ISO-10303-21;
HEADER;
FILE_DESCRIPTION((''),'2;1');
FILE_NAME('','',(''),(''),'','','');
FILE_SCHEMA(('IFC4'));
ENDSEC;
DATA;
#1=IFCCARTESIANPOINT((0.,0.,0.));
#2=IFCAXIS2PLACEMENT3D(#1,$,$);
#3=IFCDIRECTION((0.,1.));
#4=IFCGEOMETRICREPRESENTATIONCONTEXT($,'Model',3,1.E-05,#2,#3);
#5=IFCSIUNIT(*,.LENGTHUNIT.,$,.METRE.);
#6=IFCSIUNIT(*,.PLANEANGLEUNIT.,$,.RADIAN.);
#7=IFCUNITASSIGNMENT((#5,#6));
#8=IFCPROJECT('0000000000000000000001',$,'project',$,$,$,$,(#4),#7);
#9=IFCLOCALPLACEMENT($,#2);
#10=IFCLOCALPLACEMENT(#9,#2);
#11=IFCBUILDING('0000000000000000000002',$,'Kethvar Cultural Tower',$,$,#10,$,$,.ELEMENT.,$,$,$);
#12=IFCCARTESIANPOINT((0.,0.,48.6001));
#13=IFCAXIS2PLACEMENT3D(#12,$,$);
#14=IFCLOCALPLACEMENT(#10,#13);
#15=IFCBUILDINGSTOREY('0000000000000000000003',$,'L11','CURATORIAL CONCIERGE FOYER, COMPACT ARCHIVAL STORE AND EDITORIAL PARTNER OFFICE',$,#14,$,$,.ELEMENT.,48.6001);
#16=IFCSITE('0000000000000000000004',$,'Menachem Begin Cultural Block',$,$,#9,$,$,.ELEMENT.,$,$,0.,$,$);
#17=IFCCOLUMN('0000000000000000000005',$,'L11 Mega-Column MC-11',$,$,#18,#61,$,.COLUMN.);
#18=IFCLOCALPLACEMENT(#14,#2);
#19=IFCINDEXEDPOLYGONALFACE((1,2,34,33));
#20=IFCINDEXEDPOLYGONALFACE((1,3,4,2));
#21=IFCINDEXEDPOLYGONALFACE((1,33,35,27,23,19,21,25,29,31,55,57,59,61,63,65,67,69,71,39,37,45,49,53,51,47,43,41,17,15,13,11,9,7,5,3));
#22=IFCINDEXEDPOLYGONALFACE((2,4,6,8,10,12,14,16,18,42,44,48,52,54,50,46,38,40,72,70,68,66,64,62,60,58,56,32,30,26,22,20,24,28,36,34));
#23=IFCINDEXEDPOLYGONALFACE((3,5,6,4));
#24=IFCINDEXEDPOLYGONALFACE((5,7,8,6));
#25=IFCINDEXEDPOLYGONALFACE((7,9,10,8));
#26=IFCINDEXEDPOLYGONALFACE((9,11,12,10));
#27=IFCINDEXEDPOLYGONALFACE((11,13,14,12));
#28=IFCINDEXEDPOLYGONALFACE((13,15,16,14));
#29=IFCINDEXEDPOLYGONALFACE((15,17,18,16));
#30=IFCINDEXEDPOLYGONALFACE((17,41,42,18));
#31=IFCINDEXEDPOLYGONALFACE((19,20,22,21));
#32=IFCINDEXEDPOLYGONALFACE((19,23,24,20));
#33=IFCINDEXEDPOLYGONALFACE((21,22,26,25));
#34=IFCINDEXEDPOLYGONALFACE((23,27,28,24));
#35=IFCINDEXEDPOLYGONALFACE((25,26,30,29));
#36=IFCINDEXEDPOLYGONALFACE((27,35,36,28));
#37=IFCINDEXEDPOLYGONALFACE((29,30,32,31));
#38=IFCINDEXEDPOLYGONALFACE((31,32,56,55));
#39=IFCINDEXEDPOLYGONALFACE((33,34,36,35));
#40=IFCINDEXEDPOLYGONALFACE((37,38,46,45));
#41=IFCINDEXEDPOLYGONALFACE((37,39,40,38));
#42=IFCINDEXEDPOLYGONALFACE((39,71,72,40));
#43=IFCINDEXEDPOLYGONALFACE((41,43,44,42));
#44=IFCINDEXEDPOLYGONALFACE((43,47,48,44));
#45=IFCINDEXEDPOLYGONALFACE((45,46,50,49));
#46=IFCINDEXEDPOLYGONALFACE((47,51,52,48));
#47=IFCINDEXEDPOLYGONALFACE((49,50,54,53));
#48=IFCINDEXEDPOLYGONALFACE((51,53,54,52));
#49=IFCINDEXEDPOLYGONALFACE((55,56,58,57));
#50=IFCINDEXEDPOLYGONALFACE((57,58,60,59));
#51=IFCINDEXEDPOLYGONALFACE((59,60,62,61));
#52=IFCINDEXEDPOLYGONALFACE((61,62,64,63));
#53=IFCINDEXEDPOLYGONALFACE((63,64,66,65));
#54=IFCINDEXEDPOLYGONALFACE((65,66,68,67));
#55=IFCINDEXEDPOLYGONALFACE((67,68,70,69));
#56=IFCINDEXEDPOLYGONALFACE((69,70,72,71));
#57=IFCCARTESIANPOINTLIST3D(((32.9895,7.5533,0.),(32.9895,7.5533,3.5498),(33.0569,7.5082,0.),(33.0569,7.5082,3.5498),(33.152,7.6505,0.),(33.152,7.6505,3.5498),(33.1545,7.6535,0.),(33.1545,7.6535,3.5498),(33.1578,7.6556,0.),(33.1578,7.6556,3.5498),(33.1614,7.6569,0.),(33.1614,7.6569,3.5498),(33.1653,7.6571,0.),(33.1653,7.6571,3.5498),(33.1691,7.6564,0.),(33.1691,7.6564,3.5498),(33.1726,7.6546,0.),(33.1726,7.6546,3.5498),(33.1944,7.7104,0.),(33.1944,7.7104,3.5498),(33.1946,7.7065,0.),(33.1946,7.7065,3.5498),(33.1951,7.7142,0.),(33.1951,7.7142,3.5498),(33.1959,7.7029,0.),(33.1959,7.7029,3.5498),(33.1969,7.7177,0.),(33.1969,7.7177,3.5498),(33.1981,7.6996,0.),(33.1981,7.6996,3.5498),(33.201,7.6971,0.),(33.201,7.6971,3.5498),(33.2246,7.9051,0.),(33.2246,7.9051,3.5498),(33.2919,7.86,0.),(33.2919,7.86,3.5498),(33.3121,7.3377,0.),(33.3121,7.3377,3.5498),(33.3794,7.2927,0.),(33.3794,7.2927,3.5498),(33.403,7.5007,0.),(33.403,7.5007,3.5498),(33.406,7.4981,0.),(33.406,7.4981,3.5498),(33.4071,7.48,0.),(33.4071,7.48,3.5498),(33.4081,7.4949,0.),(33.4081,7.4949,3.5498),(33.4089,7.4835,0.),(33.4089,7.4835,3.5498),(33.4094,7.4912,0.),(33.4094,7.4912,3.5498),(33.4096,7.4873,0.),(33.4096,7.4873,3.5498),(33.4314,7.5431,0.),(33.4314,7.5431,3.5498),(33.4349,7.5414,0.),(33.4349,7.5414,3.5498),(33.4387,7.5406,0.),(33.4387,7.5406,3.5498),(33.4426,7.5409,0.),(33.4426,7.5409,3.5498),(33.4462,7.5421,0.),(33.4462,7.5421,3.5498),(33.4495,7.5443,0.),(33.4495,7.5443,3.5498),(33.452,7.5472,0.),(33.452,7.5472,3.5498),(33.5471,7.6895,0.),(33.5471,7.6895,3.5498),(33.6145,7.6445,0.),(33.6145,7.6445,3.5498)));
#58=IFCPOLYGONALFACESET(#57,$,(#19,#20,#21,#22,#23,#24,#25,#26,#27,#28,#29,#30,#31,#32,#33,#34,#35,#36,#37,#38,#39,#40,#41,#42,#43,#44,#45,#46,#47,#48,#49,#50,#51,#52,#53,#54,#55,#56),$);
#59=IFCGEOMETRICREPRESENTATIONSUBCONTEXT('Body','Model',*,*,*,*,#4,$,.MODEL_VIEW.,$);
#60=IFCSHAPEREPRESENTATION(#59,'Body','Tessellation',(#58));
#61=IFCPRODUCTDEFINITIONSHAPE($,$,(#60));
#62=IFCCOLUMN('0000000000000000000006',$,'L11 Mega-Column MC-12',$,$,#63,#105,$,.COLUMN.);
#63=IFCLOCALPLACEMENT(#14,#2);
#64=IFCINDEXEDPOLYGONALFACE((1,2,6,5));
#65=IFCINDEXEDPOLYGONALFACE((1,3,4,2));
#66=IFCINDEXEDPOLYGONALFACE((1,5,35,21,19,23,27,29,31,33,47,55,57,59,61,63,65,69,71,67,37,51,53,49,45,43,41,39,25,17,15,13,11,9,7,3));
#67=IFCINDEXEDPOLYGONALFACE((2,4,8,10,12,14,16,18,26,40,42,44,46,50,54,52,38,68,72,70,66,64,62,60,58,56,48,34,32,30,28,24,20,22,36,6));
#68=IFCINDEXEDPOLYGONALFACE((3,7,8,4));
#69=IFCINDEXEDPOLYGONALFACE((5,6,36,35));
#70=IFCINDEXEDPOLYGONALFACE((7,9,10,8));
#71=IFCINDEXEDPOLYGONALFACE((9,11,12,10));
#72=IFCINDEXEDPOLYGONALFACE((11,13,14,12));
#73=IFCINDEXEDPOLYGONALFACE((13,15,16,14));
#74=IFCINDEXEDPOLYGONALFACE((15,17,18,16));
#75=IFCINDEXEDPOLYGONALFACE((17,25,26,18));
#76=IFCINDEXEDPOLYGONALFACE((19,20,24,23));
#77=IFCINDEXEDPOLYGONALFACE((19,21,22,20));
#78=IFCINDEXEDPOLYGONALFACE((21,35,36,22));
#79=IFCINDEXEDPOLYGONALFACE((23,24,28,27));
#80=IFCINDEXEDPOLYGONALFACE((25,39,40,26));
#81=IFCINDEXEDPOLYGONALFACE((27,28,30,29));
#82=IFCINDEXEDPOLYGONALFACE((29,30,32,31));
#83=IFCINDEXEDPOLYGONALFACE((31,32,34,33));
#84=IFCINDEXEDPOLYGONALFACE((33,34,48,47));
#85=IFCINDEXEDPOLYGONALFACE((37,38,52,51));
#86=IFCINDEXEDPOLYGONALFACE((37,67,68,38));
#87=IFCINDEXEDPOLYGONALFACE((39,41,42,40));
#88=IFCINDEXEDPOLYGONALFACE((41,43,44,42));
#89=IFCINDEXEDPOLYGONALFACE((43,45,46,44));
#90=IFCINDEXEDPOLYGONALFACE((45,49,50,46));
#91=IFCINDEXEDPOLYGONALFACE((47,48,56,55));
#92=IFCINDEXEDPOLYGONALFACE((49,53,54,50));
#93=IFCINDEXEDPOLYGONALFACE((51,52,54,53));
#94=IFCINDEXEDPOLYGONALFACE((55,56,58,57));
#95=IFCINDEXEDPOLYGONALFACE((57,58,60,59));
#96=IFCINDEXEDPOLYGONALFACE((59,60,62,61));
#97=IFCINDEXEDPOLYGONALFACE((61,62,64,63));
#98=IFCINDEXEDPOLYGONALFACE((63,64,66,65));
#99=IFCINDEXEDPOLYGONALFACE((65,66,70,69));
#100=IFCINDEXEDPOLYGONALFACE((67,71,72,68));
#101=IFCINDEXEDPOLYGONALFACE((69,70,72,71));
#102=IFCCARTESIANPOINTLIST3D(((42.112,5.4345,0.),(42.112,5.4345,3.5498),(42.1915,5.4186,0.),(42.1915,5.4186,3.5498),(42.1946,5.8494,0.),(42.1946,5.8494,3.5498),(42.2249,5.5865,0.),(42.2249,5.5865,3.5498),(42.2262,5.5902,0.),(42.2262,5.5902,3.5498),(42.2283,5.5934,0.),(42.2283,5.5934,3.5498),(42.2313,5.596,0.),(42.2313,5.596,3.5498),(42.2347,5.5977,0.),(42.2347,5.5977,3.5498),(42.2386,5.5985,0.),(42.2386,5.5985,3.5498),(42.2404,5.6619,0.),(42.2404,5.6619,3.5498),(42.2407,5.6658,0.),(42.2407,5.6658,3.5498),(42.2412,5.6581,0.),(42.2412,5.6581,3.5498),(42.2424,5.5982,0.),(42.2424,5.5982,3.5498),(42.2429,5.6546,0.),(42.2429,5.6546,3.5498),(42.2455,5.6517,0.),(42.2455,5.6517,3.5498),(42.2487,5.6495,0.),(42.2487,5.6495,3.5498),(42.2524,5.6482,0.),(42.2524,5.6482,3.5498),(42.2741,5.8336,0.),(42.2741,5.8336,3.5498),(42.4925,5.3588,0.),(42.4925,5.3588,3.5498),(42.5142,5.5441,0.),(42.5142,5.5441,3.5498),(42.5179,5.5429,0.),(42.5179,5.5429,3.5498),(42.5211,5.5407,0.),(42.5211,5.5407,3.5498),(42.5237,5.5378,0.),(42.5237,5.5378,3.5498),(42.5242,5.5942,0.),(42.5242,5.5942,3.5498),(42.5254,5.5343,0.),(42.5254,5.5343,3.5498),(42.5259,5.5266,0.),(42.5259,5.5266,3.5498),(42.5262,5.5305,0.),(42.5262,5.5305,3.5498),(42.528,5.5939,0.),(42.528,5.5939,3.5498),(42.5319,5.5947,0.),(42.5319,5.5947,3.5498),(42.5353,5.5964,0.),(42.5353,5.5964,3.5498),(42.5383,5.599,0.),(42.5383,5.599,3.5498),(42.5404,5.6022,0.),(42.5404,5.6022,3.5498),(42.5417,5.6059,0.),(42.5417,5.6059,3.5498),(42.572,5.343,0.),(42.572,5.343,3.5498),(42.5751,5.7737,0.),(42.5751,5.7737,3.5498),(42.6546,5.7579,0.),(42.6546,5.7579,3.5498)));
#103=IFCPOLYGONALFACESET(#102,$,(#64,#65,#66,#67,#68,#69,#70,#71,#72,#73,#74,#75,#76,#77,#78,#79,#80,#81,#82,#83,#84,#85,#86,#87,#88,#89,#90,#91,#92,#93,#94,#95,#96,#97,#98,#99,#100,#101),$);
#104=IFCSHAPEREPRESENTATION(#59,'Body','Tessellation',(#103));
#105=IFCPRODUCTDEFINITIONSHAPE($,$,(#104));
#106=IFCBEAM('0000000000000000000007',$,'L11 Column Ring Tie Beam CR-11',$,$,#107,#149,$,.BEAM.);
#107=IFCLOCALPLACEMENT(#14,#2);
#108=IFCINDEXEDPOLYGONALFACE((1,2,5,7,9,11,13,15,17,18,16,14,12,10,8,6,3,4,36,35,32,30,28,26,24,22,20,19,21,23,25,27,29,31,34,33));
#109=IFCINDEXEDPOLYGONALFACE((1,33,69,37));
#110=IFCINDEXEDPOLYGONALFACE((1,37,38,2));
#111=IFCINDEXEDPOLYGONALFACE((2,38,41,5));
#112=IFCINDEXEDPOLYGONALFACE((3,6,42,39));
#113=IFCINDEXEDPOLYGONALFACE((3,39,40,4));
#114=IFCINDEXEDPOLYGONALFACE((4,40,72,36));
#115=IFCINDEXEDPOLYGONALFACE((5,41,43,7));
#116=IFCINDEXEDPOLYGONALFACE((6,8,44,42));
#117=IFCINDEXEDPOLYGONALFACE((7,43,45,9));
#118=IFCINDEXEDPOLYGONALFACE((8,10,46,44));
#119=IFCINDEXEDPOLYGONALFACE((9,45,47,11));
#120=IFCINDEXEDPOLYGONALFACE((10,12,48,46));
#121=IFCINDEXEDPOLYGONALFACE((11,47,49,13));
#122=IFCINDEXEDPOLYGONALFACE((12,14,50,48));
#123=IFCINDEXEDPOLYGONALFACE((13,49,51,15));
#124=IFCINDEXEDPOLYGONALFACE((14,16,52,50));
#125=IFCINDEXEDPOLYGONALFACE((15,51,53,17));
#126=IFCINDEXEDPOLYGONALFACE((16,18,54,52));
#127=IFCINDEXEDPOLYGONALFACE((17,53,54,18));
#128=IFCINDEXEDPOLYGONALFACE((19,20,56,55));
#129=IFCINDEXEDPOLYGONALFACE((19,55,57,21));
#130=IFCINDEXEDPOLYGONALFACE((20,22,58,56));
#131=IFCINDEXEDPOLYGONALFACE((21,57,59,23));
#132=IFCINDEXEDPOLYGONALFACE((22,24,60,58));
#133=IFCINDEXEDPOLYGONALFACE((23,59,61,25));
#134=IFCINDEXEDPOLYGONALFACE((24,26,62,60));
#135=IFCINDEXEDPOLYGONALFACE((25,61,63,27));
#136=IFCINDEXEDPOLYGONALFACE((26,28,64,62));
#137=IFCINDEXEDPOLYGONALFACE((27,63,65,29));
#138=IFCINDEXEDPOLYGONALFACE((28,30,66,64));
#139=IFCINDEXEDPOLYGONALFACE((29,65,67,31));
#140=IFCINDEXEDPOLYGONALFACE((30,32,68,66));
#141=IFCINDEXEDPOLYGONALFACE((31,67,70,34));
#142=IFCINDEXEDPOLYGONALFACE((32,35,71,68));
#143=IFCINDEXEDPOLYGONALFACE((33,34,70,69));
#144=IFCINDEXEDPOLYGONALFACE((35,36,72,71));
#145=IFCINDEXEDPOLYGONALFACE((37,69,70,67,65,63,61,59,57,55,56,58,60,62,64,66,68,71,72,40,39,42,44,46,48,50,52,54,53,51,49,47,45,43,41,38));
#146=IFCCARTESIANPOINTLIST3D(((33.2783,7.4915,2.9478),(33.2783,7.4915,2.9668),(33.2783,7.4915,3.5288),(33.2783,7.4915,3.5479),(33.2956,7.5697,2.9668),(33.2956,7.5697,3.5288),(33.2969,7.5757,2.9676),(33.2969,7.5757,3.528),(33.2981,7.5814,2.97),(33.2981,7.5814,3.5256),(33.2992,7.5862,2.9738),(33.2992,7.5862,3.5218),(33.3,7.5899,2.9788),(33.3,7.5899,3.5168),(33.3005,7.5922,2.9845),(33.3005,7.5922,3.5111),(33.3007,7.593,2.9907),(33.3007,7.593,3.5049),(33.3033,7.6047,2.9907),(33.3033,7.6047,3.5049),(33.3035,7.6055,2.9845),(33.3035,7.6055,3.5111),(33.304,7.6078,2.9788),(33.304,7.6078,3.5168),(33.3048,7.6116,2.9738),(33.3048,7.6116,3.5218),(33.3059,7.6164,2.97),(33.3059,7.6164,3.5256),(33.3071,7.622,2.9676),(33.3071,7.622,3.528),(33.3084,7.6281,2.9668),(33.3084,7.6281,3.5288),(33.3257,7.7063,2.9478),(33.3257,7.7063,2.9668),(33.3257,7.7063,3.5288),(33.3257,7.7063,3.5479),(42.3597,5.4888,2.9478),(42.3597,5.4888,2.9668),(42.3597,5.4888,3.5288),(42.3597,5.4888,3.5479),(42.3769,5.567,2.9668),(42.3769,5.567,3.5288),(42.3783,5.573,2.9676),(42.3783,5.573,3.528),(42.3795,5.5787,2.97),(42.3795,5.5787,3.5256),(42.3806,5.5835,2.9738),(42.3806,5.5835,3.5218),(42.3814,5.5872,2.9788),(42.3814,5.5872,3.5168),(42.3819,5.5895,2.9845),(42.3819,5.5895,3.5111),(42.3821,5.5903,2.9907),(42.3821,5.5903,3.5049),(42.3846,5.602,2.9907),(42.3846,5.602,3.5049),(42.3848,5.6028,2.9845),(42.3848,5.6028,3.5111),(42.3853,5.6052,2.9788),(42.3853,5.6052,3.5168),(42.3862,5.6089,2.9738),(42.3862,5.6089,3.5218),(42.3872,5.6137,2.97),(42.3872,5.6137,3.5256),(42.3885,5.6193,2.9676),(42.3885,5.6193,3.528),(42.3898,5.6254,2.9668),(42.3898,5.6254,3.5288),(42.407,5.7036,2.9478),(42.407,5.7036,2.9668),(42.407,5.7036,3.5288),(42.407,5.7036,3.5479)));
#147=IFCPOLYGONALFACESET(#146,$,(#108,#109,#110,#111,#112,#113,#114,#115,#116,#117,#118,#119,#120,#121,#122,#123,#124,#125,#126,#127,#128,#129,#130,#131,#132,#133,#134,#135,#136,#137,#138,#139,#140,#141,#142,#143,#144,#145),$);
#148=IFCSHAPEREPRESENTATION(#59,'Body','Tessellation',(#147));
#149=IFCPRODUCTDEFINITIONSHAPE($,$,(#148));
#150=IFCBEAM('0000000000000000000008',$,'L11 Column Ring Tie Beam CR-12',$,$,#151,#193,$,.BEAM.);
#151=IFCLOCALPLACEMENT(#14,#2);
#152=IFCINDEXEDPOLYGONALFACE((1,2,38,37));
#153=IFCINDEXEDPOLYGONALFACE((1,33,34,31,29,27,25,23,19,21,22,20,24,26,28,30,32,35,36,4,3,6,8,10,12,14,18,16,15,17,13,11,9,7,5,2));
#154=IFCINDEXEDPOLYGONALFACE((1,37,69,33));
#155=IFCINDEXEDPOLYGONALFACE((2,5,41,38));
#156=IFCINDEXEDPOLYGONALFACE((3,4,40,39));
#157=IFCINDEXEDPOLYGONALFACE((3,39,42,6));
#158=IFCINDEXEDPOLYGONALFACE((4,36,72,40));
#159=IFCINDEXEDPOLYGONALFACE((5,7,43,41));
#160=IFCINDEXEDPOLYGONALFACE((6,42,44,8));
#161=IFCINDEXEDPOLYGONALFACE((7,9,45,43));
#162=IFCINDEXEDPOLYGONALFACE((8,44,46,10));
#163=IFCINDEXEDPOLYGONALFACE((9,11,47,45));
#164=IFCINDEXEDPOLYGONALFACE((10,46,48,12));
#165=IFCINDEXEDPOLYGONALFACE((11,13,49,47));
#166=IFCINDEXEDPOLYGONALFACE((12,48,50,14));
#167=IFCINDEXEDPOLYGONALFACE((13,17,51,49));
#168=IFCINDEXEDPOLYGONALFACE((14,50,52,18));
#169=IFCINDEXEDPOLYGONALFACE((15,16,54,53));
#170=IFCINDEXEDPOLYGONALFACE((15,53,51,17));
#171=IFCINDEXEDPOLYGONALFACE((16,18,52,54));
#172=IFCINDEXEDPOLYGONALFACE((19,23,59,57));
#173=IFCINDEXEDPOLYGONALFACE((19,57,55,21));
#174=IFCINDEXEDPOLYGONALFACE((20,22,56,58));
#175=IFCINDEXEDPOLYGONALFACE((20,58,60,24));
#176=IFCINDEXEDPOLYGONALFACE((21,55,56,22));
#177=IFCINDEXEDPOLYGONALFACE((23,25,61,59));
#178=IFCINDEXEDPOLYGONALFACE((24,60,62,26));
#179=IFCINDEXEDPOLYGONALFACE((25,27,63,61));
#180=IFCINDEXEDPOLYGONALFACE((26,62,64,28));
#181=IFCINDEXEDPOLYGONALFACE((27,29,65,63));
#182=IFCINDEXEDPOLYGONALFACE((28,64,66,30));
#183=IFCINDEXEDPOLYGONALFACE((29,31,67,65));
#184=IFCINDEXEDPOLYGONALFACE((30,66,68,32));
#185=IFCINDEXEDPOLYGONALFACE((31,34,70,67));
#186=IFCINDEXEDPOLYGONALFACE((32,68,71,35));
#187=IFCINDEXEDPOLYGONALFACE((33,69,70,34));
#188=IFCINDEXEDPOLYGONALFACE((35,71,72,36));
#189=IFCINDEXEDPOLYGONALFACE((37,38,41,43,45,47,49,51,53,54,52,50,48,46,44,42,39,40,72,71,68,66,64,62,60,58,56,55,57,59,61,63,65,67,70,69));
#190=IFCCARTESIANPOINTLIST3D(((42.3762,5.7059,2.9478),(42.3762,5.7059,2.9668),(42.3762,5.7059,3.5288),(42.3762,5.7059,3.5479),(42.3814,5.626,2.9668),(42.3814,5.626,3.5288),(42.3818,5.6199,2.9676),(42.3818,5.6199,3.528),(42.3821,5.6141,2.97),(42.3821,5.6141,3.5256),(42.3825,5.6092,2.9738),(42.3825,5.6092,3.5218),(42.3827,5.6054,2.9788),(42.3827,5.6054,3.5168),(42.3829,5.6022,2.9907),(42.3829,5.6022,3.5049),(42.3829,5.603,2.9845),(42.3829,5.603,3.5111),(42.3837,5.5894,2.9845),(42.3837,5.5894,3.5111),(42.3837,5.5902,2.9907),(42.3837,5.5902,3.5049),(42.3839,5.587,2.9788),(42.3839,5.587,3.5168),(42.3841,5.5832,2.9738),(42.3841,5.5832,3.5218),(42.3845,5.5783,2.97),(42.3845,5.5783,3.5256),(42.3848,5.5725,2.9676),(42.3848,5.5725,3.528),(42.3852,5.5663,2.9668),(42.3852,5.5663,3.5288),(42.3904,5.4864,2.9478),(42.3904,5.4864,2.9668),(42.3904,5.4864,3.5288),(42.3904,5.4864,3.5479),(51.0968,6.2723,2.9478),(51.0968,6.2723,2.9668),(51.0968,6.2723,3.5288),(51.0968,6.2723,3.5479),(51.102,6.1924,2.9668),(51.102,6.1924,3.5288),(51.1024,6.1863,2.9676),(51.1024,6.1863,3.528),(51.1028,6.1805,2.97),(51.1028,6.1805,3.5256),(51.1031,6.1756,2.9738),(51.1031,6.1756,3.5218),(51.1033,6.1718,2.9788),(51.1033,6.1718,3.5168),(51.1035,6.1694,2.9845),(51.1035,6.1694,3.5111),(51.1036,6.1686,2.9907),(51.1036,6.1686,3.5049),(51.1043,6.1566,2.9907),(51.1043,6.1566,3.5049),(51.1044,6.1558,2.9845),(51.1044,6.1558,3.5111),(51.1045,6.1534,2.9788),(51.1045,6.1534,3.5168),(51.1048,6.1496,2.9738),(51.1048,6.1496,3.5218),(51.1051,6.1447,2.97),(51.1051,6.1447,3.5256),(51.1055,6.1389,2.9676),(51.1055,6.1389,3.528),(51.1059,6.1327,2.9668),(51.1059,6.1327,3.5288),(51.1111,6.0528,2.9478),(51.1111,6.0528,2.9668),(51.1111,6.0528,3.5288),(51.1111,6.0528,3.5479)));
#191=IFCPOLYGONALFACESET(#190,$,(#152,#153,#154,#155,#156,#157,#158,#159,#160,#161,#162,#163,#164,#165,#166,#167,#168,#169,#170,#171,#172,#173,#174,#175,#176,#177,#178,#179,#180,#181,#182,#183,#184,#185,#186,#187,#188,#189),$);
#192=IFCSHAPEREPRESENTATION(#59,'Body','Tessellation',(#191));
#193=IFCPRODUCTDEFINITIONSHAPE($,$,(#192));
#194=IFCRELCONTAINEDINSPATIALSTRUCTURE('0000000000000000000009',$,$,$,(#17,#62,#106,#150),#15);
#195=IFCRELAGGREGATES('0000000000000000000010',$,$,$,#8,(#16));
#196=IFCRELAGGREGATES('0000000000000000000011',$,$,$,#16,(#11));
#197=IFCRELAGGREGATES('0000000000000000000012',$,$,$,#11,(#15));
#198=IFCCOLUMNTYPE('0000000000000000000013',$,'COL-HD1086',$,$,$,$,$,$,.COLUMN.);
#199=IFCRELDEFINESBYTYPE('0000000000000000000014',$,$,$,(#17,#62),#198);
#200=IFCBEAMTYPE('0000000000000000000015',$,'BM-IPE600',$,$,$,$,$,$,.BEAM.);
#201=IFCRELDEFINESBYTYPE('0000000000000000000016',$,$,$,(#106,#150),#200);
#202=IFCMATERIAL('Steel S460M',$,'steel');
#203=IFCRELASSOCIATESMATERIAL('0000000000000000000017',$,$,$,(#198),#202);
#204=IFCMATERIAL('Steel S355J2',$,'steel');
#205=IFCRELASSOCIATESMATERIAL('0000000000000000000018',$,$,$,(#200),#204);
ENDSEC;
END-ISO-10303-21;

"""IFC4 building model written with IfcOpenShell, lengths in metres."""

from ifc_helpers import new_model, si_unit, direction, frame, origin, origin_2d, place, context, subcontext, project, spatial, i_section, extrude, source, transform, mapped, material, material_profile, profile_set, type_object, element, save


model = new_model("IFC4")

# Units and contexts
model_context = context("Model", 3, precision=1e-05, world=origin(), true_north=direction((0.0, 1.0)))
body_context = subcontext(model_context, "Body", "Model", "MODEL_VIEW")
ifc_project = project(units=[si_unit("LENGTHUNIT", "METRE"), si_unit("PLANEANGLEUNIT", "RADIAN")], contexts=[model_context])

# Site, building, storey
site_placement = place(None, origin())
site = spatial("IfcSite", under=ifc_project, at=site_placement, Name="Menachem Begin Cultural Block", CompositionType="ELEMENT", RefElevation=0.0)
building_placement = place(site_placement, origin())
building = spatial("IfcBuilding", under=site, at=building_placement, Name="Kethvar Cultural Tower", CompositionType="ELEMENT")
storey_placement = place(building_placement, frame((0.0, 0.0, 48.6001)))
storey = spatial("IfcBuildingStorey", under=building, at=storey_placement, Name="L11", Description="CURATORIAL CONCIERGE FOYER, COMPACT ARCHIVAL STORE AND EDITORIAL PARTNER OFFICE", CompositionType="ELEMENT", Elevation=48.6001)

# Columns
ifc_material_1 = material(Name="Steel S460M", Category="steel")
ifc_material_profile_1 = material_profile(ifc_material_1, i_section(OverallWidth=0.4231, OverallDepth=0.469, WebThickness=0.051, FlangeThickness=0.0811, FilletRadius=0.0149, at=origin_2d()), Name="Steel S460M — HD400x1086")
ifc_profile_set_1 = profile_set([ifc_material_profile_1], Name="Steel S460M — HD400x1086")
column_type = type_object("IfcColumnType", Name="COL-HD1086", PredefinedType="COLUMN", material=ifc_profile_set_1)
shared_shape_1 = source(origin(), body_context, "Body", "SweptSolid", [
    extrude(i_section(OverallWidth=0.4231, OverallDepth=0.469, WebThickness=0.051, FlangeThickness=0.0811, FilletRadius=0.0149, at=origin_2d()), origin(), (0.0, 0.0, 1.0), 3.5498),
])
for number, where, z_axis, x_axis, name in (
    (1, (33.302, 7.5989, 0.0), (0.0, 0.0, 1.0), (-0.55557, -0.83147, 0.0), "L11 Mega-Column MC-11"),
    (2, (42.3833, 5.5962, 0.0), (0.0, 0.0, 1.0), (-0.19509, -0.980785, 0.0), "L11 Mega-Column MC-12"),
):
    element("IfcColumn", number, at=place(storey_placement, frame(where, z_axis=z_axis, x_axis=x_axis)), inside=storey, type_object=column_type, Name=name, PredefinedType="COLUMN", context=body_context, shape_type="MappedRepresentation", body=[
        mapped(shared_shape_1, transform((0.0, 0.0, 0.0), scale=1.0)),
    ])

# Beams
ifc_material_2 = material(Name="Steel S355J2", Category="steel")
ifc_material_profile_2 = material_profile(ifc_material_2, i_section(OverallWidth=0.22, OverallDepth=0.6001, WebThickness=0.012, FlangeThickness=0.019, FilletRadius=0.0239, at=origin_2d()), Name="Steel S355J2 — IPE600")
ifc_profile_set_2 = profile_set([ifc_material_profile_2], Name="Steel S355J2 — IPE600")
beam_type_1 = type_object("IfcBeamType", Name="BM-IPE600", PredefinedType="BEAM", material=ifc_profile_set_2)
shared_shape_2 = source(origin(), body_context, "Body", "SweptSolid", [
    extrude(i_section(OverallWidth=0.22, OverallDepth=0.6001, WebThickness=0.012, FlangeThickness=0.019, FilletRadius=0.0239, at=origin_2d()), origin(), (0.0, 0.0, 1.0), 9.2996),
])
beam_1_placement = place(storey_placement, frame((33.302, 7.5989, 3.2478), z_axis=(0.976536, -0.215354, 0.0), x_axis=(0.215354, 0.976536, 0.0)))
element("IfcBeam", 3, at=beam_1_placement, inside=storey, type_object=beam_type_1, Name="L11 Column Ring Tie Beam CR-11", PredefinedType="BEAM", context=body_context, shape_type="MappedRepresentation", body=[
    mapped(shared_shape_2, transform((0.0, 0.0, 0.0), scale=1.0)),
])
shared_shape_3 = source(origin(), body_context, "Body", "SweptSolid", [
    extrude(i_section(OverallWidth=0.22, OverallDepth=0.6001, WebThickness=0.012, FlangeThickness=0.019, FilletRadius=0.0239, at=origin_2d()), origin(), (0.0, 0.0, 1.0), 8.739),
])
beam_2_placement = place(storey_placement, frame((42.3833, 5.5962, 3.2478), z_axis=(0.997897, 0.064813, 0.0), x_axis=(-0.064813, 0.997897, 0.0)))
element("IfcBeam", 4, at=beam_2_placement, inside=storey, type_object=beam_type_1, Name="L11 Column Ring Tie Beam CR-12", PredefinedType="BEAM", context=body_context, shape_type="MappedRepresentation", body=[
    mapped(shared_shape_3, transform((0.0, 0.0, 0.0), scale=1.0)),
])

save(model, "model.ifc")
